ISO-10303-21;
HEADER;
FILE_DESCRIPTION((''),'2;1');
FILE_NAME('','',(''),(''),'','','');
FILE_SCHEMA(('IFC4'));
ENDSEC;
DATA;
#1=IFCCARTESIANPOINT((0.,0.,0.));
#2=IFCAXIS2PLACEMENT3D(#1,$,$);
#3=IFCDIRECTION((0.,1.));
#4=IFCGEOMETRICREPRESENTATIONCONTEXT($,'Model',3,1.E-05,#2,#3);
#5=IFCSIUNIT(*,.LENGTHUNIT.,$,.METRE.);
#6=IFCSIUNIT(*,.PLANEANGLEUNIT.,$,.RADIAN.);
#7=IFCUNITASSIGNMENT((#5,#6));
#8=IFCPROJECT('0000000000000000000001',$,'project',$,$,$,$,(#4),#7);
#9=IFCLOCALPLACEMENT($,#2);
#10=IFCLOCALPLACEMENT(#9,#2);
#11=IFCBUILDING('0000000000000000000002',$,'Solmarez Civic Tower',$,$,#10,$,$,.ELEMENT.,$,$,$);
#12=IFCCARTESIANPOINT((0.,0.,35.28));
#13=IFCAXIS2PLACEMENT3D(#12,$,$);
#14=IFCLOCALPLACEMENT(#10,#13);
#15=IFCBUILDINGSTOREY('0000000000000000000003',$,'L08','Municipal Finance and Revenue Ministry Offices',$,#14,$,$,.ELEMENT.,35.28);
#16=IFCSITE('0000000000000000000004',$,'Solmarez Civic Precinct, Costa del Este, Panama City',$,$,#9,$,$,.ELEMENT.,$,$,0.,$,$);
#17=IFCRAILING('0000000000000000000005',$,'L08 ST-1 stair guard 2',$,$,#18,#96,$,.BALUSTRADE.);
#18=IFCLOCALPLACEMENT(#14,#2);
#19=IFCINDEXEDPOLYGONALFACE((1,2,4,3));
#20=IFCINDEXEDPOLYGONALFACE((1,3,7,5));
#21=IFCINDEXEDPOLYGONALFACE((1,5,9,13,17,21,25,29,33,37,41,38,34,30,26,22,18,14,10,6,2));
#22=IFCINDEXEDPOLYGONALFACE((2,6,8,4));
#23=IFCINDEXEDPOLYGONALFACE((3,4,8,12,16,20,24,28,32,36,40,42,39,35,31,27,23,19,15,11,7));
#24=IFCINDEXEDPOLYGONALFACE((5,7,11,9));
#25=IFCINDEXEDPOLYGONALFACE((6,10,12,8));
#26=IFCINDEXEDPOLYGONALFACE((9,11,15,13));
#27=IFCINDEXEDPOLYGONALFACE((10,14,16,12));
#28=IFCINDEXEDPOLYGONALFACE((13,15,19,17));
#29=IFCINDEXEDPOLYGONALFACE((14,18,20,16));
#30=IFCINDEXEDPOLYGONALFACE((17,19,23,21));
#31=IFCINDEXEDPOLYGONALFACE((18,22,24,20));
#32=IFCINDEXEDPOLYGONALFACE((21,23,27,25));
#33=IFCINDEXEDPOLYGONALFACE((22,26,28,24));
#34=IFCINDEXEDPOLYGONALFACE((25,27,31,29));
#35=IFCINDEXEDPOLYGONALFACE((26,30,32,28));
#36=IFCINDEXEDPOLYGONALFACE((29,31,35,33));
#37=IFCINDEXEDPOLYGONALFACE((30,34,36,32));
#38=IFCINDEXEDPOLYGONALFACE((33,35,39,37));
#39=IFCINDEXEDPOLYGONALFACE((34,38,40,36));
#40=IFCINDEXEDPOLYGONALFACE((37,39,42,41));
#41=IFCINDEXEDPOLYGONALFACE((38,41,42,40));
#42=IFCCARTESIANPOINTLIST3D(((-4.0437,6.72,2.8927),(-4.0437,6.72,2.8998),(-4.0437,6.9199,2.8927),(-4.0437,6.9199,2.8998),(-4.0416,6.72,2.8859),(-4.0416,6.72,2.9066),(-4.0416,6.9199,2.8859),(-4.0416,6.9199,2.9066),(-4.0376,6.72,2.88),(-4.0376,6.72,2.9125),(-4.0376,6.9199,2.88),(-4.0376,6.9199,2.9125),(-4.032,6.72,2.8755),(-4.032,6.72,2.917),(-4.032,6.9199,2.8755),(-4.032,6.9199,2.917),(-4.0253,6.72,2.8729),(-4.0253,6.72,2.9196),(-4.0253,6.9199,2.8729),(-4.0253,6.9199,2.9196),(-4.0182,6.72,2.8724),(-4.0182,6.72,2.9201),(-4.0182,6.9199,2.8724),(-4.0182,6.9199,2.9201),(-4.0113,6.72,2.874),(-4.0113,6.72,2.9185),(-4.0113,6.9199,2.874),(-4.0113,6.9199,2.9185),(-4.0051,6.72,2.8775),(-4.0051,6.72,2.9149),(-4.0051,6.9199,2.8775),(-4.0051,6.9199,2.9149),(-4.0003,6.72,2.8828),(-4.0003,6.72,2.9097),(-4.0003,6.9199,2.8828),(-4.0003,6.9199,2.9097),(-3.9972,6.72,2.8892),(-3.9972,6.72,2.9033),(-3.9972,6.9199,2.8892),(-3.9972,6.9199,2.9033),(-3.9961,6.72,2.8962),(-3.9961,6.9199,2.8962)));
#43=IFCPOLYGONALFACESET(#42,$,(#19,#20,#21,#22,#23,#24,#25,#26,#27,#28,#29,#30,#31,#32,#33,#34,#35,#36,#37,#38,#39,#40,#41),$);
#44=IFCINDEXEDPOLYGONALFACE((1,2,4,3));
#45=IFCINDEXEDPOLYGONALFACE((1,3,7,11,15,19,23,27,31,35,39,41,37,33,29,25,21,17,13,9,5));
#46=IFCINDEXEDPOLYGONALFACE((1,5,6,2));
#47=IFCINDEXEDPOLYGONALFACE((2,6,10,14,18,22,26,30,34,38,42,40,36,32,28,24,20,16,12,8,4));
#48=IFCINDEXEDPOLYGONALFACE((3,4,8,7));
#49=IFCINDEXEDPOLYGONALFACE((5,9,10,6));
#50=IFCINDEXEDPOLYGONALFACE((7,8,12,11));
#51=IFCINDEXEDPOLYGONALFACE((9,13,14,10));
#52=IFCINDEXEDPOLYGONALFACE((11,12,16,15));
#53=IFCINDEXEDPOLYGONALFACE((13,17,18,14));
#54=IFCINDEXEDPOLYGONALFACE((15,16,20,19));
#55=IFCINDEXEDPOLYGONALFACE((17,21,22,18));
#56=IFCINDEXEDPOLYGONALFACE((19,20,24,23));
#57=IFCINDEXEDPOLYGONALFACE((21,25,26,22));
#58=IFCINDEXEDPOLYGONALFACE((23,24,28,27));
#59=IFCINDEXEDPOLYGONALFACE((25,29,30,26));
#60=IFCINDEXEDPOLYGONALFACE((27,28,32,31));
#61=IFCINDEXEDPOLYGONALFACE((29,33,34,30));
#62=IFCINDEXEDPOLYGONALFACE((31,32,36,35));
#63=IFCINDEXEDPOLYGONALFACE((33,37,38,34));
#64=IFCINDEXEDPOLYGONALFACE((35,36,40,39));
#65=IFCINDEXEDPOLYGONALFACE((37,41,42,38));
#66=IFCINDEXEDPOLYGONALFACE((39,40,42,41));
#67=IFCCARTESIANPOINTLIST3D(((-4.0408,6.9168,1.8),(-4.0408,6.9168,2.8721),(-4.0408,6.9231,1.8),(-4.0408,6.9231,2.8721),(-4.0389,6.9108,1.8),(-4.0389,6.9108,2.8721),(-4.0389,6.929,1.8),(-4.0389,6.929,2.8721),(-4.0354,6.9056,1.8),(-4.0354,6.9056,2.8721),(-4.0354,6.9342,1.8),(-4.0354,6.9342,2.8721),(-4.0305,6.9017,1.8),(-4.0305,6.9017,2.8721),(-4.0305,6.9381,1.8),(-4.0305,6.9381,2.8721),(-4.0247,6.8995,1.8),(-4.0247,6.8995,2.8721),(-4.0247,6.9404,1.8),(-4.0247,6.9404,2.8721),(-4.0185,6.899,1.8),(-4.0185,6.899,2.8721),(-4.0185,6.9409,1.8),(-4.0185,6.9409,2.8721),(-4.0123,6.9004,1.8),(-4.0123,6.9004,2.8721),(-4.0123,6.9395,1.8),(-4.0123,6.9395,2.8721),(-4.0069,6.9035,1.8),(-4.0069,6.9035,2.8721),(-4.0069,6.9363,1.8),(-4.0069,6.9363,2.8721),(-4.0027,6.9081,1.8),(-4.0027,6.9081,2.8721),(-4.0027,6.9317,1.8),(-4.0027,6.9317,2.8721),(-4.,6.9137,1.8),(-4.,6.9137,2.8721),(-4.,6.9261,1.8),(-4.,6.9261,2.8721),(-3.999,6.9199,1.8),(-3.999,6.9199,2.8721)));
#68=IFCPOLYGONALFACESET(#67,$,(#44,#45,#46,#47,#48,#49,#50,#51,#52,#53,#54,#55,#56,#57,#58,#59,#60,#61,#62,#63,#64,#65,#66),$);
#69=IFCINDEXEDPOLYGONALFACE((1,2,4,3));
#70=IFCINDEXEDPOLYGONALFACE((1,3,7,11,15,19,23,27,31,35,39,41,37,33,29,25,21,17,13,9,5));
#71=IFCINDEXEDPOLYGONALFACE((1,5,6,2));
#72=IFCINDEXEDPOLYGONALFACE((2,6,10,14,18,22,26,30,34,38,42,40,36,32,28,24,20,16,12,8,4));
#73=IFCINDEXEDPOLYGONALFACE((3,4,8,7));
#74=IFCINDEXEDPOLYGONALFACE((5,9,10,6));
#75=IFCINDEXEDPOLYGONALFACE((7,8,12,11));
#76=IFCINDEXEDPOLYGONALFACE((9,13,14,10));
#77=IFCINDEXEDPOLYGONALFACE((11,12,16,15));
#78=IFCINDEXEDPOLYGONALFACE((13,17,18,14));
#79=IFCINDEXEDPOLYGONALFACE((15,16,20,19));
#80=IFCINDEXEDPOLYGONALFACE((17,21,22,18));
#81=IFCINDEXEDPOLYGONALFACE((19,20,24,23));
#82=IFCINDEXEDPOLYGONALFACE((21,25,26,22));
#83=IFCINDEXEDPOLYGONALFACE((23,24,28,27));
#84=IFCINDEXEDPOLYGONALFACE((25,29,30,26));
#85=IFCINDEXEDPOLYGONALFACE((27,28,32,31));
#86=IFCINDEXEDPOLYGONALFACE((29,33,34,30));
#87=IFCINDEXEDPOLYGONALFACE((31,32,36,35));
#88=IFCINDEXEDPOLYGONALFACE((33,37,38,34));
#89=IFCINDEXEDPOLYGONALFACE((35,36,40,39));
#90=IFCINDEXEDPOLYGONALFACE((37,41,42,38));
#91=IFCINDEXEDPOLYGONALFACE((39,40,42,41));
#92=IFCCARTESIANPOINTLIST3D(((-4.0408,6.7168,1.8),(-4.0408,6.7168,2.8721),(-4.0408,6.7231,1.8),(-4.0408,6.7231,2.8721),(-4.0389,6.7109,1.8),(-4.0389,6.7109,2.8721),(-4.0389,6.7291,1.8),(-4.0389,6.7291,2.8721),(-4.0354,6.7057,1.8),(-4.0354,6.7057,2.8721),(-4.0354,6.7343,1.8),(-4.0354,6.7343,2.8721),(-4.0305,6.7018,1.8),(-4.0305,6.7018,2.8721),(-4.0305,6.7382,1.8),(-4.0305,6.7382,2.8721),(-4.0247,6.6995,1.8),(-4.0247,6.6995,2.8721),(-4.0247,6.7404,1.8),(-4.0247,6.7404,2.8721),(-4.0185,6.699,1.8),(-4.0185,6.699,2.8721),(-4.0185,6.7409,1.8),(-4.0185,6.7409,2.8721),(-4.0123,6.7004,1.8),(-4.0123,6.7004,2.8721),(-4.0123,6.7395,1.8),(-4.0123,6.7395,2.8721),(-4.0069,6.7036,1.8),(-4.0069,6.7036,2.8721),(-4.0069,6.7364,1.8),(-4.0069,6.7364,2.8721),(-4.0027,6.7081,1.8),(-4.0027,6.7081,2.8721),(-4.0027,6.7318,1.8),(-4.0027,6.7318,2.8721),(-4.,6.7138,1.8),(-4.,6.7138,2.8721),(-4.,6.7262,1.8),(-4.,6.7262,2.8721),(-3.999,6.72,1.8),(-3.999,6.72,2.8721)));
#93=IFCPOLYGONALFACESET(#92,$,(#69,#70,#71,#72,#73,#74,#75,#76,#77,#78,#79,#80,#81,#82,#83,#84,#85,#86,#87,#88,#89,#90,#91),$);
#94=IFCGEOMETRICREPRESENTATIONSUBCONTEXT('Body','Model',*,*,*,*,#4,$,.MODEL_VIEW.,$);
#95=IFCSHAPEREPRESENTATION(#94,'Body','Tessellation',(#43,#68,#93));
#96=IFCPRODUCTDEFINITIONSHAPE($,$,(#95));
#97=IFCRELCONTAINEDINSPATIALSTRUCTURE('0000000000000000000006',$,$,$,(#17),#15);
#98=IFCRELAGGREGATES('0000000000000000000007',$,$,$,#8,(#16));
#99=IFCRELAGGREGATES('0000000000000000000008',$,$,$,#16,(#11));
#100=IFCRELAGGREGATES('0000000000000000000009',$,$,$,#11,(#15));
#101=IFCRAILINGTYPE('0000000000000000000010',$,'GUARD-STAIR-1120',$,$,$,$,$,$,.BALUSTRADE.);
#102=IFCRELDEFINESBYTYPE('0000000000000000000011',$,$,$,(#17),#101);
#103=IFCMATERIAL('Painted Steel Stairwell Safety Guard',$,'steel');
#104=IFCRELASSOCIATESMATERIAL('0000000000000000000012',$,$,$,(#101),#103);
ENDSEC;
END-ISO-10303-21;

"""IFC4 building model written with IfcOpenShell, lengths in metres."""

from ifc_helpers import new_model, si_unit, direction, frame, origin, origin_2d, place, context, subcontext, project, spatial, circle, extrude, material, type_object, element, save


model = new_model("IFC4")

# Units and contexts
model_context = context("Model", 3, precision=1e-05, world=origin(), true_north=direction((0.0, 1.0)))
body_context = subcontext(model_context, "Body", "Model", "MODEL_VIEW")
ifc_project = project(units=[si_unit("LENGTHUNIT", "METRE"), si_unit("PLANEANGLEUNIT", "RADIAN")], contexts=[model_context])

# Site, building, storey
site_placement = place(None, origin())
site = spatial("IfcSite", under=ifc_project, at=site_placement, Name="Solmarez Civic Precinct, Costa del Este, Panama City", CompositionType="ELEMENT", RefElevation=0.0)
building_placement = place(site_placement, origin())
building = spatial("IfcBuilding", under=site, at=building_placement, Name="Solmarez Civic Tower", CompositionType="ELEMENT")
storey_placement = place(building_placement, frame((0.0, 0.0, 35.28)))
storey = spatial("IfcBuildingStorey", under=building, at=storey_placement, Name="L08", Description="Municipal Finance and Revenue Ministry Offices", CompositionType="ELEMENT", Elevation=35.28)

# Railing
ifc_material_1 = material(Name="Painted Steel Stairwell Safety Guard", Category="steel")
railing_type_1 = type_object("IfcRailingType", Name="GUARD-STAIR-1120", PredefinedType="BALUSTRADE", material=ifc_material_1)
railing_1_placement = place(storey_placement, frame((-4.02, 6.9199, 1.8)))
element("IfcRailing", 1, at=railing_1_placement, inside=storey, type_object=railing_type_1, Name="L08 ST-1 stair guard 2", PredefinedType="BALUSTRADE", context=body_context, shape_type="SweptSolid", body=[
    extrude(circle(Radius=0.0239, at=origin_2d()), frame((0.0, 0.0, 1.0962), z_axis=(0.0, -1.0, 0.0), x_axis=(1.0, 0.0, 0.0)), (0.0, 0.0, 1.0), 0.2),
    extrude(circle(Radius=0.021, at=origin_2d()), origin(), (0.0, 0.0, 1.0), 1.072),
    extrude(circle(Radius=0.021, at=origin_2d()), frame((0.0, -0.2, 0.0)), (0.0, 0.0, 1.0), 1.072),
])

save(model, "model.ifc")
